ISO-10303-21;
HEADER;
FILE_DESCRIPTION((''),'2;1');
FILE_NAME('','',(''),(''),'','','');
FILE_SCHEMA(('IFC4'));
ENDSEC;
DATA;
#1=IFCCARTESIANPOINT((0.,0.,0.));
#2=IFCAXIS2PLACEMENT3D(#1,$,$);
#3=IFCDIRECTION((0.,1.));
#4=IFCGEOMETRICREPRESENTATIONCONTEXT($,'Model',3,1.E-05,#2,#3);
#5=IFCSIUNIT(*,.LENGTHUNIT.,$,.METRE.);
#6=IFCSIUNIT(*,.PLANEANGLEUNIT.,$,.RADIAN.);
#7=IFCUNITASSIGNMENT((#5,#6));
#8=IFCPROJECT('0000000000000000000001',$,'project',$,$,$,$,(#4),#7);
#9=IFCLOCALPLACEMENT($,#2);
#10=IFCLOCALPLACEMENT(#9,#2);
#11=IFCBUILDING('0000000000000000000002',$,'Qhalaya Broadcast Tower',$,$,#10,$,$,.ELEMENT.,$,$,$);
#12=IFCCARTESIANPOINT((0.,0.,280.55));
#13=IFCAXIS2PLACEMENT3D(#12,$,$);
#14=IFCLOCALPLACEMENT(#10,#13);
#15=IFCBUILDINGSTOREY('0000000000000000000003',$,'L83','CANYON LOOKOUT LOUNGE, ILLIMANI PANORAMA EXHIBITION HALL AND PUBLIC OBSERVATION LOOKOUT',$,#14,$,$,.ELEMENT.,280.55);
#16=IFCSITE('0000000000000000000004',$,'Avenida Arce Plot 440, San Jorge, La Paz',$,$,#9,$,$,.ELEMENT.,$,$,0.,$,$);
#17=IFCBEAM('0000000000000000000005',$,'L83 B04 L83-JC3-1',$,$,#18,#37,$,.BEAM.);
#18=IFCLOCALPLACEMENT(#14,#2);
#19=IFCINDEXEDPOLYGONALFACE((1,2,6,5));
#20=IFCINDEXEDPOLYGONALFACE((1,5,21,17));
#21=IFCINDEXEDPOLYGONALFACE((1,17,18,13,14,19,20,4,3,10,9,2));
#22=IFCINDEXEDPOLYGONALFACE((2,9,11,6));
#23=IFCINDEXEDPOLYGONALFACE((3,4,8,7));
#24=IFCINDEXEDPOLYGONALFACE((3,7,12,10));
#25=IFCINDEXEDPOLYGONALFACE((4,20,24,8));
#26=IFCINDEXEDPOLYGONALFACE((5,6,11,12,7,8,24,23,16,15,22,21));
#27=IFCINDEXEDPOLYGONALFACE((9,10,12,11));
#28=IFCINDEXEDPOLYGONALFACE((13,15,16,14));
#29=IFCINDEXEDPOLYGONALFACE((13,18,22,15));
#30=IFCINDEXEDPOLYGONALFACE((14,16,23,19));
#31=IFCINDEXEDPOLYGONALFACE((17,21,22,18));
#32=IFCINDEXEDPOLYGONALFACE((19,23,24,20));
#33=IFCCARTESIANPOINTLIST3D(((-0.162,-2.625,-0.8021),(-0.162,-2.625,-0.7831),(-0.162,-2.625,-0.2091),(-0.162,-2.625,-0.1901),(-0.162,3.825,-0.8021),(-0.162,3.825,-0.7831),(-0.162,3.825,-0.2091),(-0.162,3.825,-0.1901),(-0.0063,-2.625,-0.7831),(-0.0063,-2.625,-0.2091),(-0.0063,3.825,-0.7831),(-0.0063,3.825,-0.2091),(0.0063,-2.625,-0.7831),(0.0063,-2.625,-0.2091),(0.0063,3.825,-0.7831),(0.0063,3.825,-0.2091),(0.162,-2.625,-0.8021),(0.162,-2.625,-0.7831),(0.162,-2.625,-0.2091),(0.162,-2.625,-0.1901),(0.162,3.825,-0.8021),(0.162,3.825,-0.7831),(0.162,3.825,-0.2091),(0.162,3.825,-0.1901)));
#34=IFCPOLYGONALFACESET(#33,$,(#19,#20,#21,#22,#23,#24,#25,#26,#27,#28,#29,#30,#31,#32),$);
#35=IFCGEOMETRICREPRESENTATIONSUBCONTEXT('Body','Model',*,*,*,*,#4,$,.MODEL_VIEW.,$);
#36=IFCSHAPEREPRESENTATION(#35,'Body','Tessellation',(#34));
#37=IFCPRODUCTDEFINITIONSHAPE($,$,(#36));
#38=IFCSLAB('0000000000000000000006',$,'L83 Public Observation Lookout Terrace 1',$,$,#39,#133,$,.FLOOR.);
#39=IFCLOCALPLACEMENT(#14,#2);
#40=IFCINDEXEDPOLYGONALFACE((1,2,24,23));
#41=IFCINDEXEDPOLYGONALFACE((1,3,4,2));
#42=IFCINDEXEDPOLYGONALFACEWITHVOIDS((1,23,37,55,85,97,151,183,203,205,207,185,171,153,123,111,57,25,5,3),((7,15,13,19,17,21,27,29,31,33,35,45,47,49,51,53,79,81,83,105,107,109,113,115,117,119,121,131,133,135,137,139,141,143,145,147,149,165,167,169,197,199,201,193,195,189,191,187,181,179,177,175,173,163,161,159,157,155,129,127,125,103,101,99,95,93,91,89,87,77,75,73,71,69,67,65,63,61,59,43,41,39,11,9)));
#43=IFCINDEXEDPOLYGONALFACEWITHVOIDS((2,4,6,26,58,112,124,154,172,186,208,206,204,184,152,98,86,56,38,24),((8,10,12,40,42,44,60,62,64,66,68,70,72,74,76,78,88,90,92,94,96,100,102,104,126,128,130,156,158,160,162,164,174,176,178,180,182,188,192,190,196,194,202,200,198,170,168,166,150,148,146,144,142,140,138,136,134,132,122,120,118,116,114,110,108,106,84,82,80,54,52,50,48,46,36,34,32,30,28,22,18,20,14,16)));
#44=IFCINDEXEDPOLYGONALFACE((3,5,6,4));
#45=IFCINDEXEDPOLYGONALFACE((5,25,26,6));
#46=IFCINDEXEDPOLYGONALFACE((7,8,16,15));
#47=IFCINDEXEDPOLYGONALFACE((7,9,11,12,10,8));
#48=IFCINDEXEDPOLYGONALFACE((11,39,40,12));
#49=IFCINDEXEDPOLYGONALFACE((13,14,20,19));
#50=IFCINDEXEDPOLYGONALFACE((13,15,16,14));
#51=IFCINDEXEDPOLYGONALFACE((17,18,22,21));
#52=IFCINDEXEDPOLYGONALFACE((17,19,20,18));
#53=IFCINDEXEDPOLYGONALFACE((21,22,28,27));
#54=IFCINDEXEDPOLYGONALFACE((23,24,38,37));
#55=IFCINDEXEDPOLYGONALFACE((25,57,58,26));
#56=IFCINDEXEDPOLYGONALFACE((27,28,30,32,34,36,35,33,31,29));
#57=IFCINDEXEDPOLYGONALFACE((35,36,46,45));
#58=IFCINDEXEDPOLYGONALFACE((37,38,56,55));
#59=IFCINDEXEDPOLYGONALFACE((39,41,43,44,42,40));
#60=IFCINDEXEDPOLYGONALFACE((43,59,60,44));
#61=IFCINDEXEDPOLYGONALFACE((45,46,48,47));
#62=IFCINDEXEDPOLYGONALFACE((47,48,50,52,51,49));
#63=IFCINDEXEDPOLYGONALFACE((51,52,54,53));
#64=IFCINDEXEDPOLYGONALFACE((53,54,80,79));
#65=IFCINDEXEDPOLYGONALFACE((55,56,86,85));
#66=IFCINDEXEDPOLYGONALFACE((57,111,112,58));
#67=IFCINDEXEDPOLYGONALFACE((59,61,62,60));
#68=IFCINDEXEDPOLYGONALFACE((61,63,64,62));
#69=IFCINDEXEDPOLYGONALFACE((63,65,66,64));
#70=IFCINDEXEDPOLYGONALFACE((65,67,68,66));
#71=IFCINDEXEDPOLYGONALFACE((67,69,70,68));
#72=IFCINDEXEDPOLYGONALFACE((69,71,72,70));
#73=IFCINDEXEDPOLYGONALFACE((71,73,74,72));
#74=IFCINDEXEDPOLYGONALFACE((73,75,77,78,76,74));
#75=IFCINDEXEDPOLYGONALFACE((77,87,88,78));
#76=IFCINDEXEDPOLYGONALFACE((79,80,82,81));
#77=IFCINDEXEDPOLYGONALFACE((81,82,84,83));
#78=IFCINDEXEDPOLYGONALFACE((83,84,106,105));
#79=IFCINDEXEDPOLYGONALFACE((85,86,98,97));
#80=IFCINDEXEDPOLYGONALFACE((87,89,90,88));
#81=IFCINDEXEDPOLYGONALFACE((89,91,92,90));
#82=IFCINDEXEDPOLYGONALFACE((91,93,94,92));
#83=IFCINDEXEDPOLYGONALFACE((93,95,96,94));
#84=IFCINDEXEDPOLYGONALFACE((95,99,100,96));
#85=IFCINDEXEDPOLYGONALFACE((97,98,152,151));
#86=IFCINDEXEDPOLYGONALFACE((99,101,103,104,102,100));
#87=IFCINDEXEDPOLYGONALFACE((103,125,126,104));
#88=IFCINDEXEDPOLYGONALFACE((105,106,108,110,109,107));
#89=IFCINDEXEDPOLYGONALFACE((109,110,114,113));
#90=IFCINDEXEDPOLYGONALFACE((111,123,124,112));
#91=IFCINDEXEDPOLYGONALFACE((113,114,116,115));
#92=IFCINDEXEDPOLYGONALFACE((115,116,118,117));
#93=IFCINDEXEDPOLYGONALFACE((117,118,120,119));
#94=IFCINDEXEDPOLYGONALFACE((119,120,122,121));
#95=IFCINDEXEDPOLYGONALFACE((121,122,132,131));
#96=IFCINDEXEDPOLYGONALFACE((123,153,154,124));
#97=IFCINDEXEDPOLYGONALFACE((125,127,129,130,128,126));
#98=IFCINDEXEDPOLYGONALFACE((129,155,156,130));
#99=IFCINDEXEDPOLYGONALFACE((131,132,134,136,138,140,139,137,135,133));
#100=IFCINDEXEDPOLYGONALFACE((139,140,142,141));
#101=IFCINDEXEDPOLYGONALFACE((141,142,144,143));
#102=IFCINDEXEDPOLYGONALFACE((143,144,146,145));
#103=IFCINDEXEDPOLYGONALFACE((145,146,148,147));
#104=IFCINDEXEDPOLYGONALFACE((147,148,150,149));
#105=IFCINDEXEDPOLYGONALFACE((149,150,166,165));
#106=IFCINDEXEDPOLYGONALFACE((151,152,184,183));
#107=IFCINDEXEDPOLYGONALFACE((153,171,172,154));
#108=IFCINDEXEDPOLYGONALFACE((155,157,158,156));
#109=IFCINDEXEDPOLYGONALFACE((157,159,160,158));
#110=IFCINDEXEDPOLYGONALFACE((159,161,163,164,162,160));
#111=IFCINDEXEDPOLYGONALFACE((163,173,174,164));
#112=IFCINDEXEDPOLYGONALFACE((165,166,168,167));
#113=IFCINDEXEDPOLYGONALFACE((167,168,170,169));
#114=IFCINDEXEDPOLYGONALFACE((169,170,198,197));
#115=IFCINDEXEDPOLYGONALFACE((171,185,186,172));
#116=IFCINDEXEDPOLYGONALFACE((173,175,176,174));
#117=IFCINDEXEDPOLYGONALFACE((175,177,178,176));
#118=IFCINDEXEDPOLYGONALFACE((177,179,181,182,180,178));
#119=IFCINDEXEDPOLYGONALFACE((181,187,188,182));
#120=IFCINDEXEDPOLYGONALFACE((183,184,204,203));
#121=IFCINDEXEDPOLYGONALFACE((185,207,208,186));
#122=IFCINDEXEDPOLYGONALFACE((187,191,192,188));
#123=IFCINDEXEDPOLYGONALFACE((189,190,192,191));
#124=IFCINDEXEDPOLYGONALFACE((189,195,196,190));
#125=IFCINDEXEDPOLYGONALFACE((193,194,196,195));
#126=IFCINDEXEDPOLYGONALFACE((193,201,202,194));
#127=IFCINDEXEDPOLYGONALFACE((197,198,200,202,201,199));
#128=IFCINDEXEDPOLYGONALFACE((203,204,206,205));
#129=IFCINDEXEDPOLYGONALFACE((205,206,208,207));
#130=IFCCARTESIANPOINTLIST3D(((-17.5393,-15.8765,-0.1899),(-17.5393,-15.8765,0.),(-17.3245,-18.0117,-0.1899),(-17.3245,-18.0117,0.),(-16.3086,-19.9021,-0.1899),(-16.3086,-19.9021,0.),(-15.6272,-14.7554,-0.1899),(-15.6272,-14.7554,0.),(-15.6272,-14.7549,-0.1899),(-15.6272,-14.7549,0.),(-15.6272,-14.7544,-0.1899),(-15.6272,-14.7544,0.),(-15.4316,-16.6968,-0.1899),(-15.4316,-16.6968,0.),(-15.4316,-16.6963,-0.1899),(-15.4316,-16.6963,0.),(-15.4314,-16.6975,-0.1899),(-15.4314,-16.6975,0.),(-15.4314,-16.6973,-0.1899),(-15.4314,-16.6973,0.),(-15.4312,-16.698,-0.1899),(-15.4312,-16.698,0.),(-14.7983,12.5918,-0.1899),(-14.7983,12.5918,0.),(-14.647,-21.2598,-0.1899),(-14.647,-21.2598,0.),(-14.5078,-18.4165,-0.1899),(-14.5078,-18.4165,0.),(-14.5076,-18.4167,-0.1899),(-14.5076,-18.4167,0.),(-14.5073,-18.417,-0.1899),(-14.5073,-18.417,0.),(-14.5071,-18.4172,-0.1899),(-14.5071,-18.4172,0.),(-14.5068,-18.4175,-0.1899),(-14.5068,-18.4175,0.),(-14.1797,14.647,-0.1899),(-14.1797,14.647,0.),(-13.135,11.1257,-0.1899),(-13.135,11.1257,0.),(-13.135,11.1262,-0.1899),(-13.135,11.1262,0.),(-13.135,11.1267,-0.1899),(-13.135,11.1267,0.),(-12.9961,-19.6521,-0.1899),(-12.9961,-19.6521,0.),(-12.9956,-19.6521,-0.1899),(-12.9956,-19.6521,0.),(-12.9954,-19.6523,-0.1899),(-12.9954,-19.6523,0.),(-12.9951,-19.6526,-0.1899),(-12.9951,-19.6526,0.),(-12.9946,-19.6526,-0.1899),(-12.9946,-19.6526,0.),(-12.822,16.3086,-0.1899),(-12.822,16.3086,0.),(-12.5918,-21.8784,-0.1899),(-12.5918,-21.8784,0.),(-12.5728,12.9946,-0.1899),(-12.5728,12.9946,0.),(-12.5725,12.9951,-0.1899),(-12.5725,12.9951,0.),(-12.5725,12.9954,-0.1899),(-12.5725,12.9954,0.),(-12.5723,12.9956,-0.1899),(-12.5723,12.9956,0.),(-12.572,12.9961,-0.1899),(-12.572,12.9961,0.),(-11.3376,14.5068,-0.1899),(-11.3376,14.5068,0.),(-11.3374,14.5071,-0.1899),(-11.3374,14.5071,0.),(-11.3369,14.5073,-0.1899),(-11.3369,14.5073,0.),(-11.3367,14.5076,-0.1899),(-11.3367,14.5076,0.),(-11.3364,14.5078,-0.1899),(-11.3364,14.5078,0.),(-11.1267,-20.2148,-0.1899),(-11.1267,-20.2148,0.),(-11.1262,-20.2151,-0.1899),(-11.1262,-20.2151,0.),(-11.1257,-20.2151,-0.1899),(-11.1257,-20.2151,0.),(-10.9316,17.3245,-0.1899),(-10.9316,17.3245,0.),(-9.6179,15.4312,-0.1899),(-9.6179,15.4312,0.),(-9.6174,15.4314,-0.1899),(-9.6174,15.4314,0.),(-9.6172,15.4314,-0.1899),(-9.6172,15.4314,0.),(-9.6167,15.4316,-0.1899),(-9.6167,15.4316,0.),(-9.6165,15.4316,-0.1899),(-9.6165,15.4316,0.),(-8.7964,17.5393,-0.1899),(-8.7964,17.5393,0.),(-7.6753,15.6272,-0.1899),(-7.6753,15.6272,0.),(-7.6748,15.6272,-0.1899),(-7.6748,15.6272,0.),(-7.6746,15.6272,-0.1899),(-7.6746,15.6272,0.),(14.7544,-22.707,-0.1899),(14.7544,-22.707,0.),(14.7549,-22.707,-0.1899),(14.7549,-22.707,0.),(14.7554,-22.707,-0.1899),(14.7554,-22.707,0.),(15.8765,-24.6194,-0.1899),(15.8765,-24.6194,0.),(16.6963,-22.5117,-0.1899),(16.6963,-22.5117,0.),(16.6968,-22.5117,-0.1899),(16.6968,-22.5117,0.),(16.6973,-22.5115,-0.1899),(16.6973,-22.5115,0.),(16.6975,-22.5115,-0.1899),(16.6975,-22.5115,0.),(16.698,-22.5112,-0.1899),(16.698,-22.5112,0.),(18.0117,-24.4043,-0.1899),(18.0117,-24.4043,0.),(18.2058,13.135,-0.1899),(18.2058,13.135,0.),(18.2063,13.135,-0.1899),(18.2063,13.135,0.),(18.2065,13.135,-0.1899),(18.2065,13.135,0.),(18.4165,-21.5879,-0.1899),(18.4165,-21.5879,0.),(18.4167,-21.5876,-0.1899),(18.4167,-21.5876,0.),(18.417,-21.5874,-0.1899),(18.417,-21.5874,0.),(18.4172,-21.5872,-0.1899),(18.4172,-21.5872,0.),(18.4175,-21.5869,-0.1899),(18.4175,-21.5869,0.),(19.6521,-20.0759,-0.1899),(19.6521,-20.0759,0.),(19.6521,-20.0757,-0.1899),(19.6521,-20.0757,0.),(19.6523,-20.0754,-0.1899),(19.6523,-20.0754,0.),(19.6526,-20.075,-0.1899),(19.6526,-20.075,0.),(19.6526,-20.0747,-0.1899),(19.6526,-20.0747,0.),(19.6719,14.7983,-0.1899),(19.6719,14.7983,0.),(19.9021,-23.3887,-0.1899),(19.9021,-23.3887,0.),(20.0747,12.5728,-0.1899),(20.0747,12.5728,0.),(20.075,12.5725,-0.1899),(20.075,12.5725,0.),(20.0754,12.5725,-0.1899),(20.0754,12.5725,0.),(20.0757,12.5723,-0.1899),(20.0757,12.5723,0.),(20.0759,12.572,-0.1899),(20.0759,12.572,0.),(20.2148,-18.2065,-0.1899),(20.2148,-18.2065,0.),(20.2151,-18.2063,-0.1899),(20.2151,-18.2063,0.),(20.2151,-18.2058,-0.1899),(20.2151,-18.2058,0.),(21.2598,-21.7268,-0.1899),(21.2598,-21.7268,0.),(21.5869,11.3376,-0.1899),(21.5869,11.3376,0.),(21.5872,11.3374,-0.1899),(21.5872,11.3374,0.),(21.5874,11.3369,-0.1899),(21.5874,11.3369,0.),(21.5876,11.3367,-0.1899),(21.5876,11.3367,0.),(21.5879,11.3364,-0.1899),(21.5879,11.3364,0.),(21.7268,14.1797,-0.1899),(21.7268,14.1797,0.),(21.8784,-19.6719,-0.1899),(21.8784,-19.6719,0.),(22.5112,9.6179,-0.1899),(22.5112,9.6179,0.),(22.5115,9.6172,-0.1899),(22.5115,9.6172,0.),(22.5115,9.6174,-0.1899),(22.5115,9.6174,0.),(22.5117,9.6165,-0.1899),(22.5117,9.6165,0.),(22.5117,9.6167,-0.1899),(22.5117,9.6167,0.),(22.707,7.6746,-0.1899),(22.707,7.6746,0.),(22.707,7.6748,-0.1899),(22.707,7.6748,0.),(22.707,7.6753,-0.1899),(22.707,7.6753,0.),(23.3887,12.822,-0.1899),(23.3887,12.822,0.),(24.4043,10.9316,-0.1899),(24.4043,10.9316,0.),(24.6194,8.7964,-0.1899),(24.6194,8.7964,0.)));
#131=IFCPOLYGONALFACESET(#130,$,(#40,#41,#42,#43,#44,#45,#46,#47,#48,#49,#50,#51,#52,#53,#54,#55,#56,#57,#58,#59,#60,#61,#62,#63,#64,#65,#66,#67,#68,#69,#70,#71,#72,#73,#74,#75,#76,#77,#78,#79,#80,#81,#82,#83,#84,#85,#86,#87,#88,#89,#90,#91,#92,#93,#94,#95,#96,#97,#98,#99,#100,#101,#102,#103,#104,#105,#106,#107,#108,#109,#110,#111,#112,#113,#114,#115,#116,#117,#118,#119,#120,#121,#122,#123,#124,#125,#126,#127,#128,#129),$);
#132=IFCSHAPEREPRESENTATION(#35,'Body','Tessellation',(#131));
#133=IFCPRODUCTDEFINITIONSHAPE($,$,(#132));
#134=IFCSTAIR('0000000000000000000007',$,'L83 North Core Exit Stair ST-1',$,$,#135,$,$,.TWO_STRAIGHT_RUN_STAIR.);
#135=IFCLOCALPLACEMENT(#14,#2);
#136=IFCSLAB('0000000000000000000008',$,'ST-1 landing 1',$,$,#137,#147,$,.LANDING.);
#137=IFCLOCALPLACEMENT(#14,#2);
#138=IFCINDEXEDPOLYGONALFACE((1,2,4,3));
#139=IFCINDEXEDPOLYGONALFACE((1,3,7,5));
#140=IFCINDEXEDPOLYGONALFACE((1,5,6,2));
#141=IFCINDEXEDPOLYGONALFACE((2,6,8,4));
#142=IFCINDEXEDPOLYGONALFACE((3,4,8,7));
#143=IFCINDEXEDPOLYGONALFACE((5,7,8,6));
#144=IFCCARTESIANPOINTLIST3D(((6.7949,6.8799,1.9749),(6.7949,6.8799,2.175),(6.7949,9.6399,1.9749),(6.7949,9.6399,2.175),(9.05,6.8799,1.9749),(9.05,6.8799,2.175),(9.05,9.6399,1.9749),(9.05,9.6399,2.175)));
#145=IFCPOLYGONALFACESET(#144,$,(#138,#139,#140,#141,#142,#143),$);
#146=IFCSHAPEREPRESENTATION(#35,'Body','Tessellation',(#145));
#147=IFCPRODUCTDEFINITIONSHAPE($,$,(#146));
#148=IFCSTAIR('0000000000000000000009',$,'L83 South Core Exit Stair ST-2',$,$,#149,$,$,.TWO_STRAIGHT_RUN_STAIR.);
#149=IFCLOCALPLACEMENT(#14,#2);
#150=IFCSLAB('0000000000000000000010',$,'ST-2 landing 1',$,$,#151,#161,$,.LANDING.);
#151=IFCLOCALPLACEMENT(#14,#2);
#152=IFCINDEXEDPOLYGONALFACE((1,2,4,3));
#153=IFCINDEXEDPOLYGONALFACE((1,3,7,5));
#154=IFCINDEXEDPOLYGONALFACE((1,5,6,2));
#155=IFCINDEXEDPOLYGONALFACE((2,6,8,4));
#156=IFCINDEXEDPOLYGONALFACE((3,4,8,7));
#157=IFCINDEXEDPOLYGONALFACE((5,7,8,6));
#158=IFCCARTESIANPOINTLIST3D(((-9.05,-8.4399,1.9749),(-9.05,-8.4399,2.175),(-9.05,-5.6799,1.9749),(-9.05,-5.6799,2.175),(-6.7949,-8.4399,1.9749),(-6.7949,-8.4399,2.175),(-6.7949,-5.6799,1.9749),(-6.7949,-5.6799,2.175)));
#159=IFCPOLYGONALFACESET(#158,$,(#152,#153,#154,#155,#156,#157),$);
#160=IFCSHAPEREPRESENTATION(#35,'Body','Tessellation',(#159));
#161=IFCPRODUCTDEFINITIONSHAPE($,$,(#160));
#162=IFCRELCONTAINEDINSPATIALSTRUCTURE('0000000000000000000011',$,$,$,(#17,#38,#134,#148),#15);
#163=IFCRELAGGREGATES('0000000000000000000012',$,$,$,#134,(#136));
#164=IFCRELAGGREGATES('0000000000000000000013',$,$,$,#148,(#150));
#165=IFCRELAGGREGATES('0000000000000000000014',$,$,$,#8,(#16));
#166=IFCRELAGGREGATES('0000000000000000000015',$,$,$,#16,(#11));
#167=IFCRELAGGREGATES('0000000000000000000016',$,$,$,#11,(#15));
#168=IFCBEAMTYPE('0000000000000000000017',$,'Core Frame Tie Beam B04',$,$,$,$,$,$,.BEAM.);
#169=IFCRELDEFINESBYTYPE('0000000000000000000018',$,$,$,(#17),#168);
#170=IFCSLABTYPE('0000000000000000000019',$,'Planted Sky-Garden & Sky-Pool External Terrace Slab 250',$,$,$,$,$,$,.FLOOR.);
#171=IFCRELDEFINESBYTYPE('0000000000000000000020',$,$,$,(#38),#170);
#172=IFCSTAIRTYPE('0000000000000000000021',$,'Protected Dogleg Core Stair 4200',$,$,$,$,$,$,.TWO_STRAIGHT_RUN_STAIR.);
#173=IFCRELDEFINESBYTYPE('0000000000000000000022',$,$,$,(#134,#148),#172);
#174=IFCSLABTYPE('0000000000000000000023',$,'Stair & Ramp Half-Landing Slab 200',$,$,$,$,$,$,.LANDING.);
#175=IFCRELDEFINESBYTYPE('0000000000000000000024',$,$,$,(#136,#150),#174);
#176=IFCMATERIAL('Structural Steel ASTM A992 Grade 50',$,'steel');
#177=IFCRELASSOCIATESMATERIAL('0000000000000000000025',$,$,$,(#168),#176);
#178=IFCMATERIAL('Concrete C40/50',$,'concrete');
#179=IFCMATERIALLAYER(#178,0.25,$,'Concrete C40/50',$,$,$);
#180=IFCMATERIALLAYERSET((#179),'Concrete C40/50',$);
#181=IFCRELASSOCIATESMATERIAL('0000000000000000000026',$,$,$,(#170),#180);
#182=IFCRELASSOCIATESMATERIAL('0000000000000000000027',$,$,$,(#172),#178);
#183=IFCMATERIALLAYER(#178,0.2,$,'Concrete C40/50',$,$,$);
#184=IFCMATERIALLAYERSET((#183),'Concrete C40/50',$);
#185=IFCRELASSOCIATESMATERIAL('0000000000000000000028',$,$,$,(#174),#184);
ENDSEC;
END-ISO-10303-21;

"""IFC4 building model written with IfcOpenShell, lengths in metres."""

from ifc_helpers import new_model, si_unit, direction, frame, origin, origin_2d, place, context, subcontext, project, spatial, polyline, i_section, outline, extrude, material, layer, layer_set, material_profile, profile_set, type_object, element, aggregate, save


model = new_model("IFC4")

# Units and contexts
model_context = context("Model", 3, precision=1e-05, world=origin(), true_north=direction((0.0, 1.0)))
body_context = subcontext(model_context, "Body", "Model", "MODEL_VIEW")
ifc_project = project(units=[si_unit("LENGTHUNIT", "METRE"), si_unit("PLANEANGLEUNIT", "RADIAN")], contexts=[model_context])

# Site, building, storey
site_placement = place(None, origin())
site = spatial("IfcSite", under=ifc_project, at=site_placement, Name="Avenida Arce Plot 440, San Jorge, La Paz", CompositionType="ELEMENT", RefElevation=0.0)
building_placement = place(site_placement, origin())
building = spatial("IfcBuilding", under=site, at=building_placement, Name="Qhalaya Broadcast Tower", CompositionType="ELEMENT")
storey_placement = place(building_placement, frame((0.0, 0.0, 280.55)))
storey = spatial("IfcBuildingStorey", under=building, at=storey_placement, Name="L83", Description="CANYON LOOKOUT LOUNGE, ILLIMANI PANORAMA EXHIBITION HALL AND PUBLIC OBSERVATION LOOKOUT", CompositionType="ELEMENT", Elevation=280.55)

# Beam
ifc_material_1 = material(Name="Structural Steel ASTM A992 Grade 50", Category="steel")
ifc_material_profile = material_profile(ifc_material_1, i_section(OverallWidth=0.324, OverallDepth=0.6121, WebThickness=0.0127, FlangeThickness=0.019, at=origin_2d()), Name="W24X104")
ifc_profile_set = profile_set([ifc_material_profile], Name="Structural Steel ASTM A992 Grade 50")
beam_type = type_object("IfcBeamType", Name="Core Frame Tie Beam B04", PredefinedType="BEAM", material=ifc_profile_set)
beam_placement = place(storey_placement, frame((0.0, -2.625, -0.4961), z_axis=(0.0, 1.0, 0.0), x_axis=(-1.0, 0.0, 0.0)))
element("IfcBeam", 1, at=beam_placement, inside=storey, type_object=beam_type, Name="L83 B04 L83-JC3-1", PredefinedType="BEAM", context=body_context, shape_type="SweptSolid", body=[
    extrude(i_section(OverallWidth=0.324, OverallDepth=0.6121, WebThickness=0.0127, FlangeThickness=0.019, at=origin_2d()), origin(), (0.0, 0.0, 1.0), 6.45),
])

# Slab
ifc_material_2 = material(Name="Concrete C40/50", Category="concrete")
ifc_layer_1 = layer(ifc_material_2, 0.25, Name="Concrete C40/50")
ifc_layer_set_1 = layer_set([ifc_layer_1], Name="Concrete C40/50")
slab_type_1 = type_object("IfcSlabType", Name="Planted Sky-Garden & Sky-Pool External Terrace Slab 250", PredefinedType="FLOOR", material=ifc_layer_set_1)
slab_1_placement = place(storey_placement, frame((0.0, 0.0, -0.1899)))
element("IfcSlab", 2, at=slab_1_placement, inside=storey, type_object=slab_type_1, Name="L83 Public Observation Lookout Terrace 1", PredefinedType="FLOOR", context=body_context, shape_type="SweptSolid", body=[
    extrude(outline(polyline([(15.8765, -24.6194), (18.0117, -24.4043), (19.9021, -23.3887), (21.2598, -21.7268), (21.8784, -19.6719), (24.6194, 8.7964), (24.4043, 10.9316), (23.3887, 12.822), (21.7268, 14.1797), (19.6719, 14.7983), (-8.7964, 17.5393), (-10.9316, 17.3245), (-12.822, 16.3086), (-14.1797, 14.647), (-14.7983, 12.5918), (-17.5393, -15.8765), (-17.3245, -18.0117), (-16.3086, -19.9021), (-14.647, -21.2598), (-12.5918, -21.8784), (15.8765, -24.6194)]), holes=[polyline([(14.7544, -22.707), (-11.1257, -20.2151), (-11.1262, -20.2151), (-11.1267, -20.2148), (-12.9946, -19.6526), (-12.9951, -19.6526), (-12.9954, -19.6523), (-12.9956, -19.6521), (-12.9961, -19.6521), (-14.5068, -18.4175), (-14.5071, -18.4172), (-14.5073, -18.417), (-14.5076, -18.4167), (-14.5078, -18.4165), (-15.4312, -16.698), (-15.4314, -16.6975), (-15.4314, -16.6973), (-15.4316, -16.6968), (-15.4316, -16.6963), (-15.6272, -14.7554), (-15.6272, -14.7549), (-15.6272, -14.7544), (-13.135, 11.1257), (-13.135, 11.1262), (-13.135, 11.1267), (-12.5728, 12.9946), (-12.5725, 12.9951), (-12.5725, 12.9954), (-12.5723, 12.9956), (-12.572, 12.9961), (-11.3376, 14.5068), (-11.3374, 14.5071), (-11.3369, 14.5073), (-11.3367, 14.5076), (-11.3364, 14.5078), (-9.6179, 15.4312), (-9.6174, 15.4314), (-9.6172, 15.4314), (-9.6167, 15.4316), (-9.6165, 15.4316), (-7.6753, 15.6272), (-7.6748, 15.6272), (-7.6746, 15.6272), (18.2058, 13.135), (18.2063, 13.135), (18.2065, 13.135), (20.0747, 12.5728), (20.075, 12.5725), (20.0754, 12.5725), (20.0757, 12.5723), (20.0759, 12.572), (21.5869, 11.3376), (21.5872, 11.3374), (21.5874, 11.3369), (21.5876, 11.3367), (21.5879, 11.3364), (22.5112, 9.6179), (22.5115, 9.6174), (22.5115, 9.6172), (22.5117, 9.6167), (22.5117, 9.6165), (22.707, 7.6753), (22.707, 7.6748), (22.707, 7.6746), (20.2151, -18.2058), (20.2151, -18.2063), (20.2148, -18.2065), (19.6526, -20.0747), (19.6526, -20.075), (19.6523, -20.0754), (19.6521, -20.0757), (19.6521, -20.0759), (18.4175, -21.5869), (18.4172, -21.5872), (18.417, -21.5874), (18.4167, -21.5876), (18.4165, -21.5879), (16.698, -22.5112), (16.6975, -22.5115), (16.6973, -22.5115), (16.6968, -22.5117), (16.6963, -22.5117), (14.7554, -22.707), (14.7549, -22.707), (14.7544, -22.707)])]), origin(), (0.0, 0.0, 1.0), 0.1899),
])

# Stairs, slabs
stair_type = type_object("IfcStairType", Name="Protected Dogleg Core Stair 4200", PredefinedType="TWO_STRAIGHT_RUN_STAIR", material=ifc_material_2)
stair_1_placement = place(storey_placement, origin())
stair_1 = element("IfcStair", 3, at=stair_1_placement, inside=storey, type_object=stair_type, Name="L83 North Core Exit Stair ST-1", PredefinedType="TWO_STRAIGHT_RUN_STAIR")
ifc_layer_2 = layer(ifc_material_2, 0.2, Name="Concrete C40/50")
ifc_layer_set_2 = layer_set([ifc_layer_2], Name="Concrete C40/50")
slab_type_2 = type_object("IfcSlabType", Name="Stair & Ramp Half-Landing Slab 200", PredefinedType="LANDING", material=ifc_layer_set_2)
slab_2_placement = place(storey_placement, frame((0.0, 0.0, 1.9749)))
slab_2 = element("IfcSlab", 4, at=slab_2_placement, type_object=slab_type_2, Name="ST-1 landing 1", PredefinedType="LANDING", context=body_context, shape_type="SweptSolid", body=[
    extrude(outline(polyline([(6.7949, 6.8799), (9.05, 6.8799), (9.05, 9.6399), (6.7949, 9.6399), (6.7949, 6.8799)])), origin(), (0.0, 0.0, 1.0), 0.2002),
])
aggregate(stair_1, [slab_2])
stair_2_placement = place(storey_placement, origin())
stair_2 = element("IfcStair", 5, at=stair_2_placement, inside=storey, type_object=stair_type, Name="L83 South Core Exit Stair ST-2", PredefinedType="TWO_STRAIGHT_RUN_STAIR")
slab_3_placement = place(storey_placement, frame((0.0, 0.0, 1.9749)))
slab_3 = element("IfcSlab", 6, at=slab_3_placement, type_object=slab_type_2, Name="ST-2 landing 1", PredefinedType="LANDING", context=body_context, shape_type="SweptSolid", body=[
    extrude(outline(polyline([(-6.7949, -5.6799), (-9.05, -5.6799), (-9.05, -8.4399), (-6.7949, -8.4399), (-6.7949, -5.6799)])), origin(), (0.0, 0.0, 1.0), 0.2002),
])
aggregate(stair_2, [slab_3])

save(model, "model.ifc")
